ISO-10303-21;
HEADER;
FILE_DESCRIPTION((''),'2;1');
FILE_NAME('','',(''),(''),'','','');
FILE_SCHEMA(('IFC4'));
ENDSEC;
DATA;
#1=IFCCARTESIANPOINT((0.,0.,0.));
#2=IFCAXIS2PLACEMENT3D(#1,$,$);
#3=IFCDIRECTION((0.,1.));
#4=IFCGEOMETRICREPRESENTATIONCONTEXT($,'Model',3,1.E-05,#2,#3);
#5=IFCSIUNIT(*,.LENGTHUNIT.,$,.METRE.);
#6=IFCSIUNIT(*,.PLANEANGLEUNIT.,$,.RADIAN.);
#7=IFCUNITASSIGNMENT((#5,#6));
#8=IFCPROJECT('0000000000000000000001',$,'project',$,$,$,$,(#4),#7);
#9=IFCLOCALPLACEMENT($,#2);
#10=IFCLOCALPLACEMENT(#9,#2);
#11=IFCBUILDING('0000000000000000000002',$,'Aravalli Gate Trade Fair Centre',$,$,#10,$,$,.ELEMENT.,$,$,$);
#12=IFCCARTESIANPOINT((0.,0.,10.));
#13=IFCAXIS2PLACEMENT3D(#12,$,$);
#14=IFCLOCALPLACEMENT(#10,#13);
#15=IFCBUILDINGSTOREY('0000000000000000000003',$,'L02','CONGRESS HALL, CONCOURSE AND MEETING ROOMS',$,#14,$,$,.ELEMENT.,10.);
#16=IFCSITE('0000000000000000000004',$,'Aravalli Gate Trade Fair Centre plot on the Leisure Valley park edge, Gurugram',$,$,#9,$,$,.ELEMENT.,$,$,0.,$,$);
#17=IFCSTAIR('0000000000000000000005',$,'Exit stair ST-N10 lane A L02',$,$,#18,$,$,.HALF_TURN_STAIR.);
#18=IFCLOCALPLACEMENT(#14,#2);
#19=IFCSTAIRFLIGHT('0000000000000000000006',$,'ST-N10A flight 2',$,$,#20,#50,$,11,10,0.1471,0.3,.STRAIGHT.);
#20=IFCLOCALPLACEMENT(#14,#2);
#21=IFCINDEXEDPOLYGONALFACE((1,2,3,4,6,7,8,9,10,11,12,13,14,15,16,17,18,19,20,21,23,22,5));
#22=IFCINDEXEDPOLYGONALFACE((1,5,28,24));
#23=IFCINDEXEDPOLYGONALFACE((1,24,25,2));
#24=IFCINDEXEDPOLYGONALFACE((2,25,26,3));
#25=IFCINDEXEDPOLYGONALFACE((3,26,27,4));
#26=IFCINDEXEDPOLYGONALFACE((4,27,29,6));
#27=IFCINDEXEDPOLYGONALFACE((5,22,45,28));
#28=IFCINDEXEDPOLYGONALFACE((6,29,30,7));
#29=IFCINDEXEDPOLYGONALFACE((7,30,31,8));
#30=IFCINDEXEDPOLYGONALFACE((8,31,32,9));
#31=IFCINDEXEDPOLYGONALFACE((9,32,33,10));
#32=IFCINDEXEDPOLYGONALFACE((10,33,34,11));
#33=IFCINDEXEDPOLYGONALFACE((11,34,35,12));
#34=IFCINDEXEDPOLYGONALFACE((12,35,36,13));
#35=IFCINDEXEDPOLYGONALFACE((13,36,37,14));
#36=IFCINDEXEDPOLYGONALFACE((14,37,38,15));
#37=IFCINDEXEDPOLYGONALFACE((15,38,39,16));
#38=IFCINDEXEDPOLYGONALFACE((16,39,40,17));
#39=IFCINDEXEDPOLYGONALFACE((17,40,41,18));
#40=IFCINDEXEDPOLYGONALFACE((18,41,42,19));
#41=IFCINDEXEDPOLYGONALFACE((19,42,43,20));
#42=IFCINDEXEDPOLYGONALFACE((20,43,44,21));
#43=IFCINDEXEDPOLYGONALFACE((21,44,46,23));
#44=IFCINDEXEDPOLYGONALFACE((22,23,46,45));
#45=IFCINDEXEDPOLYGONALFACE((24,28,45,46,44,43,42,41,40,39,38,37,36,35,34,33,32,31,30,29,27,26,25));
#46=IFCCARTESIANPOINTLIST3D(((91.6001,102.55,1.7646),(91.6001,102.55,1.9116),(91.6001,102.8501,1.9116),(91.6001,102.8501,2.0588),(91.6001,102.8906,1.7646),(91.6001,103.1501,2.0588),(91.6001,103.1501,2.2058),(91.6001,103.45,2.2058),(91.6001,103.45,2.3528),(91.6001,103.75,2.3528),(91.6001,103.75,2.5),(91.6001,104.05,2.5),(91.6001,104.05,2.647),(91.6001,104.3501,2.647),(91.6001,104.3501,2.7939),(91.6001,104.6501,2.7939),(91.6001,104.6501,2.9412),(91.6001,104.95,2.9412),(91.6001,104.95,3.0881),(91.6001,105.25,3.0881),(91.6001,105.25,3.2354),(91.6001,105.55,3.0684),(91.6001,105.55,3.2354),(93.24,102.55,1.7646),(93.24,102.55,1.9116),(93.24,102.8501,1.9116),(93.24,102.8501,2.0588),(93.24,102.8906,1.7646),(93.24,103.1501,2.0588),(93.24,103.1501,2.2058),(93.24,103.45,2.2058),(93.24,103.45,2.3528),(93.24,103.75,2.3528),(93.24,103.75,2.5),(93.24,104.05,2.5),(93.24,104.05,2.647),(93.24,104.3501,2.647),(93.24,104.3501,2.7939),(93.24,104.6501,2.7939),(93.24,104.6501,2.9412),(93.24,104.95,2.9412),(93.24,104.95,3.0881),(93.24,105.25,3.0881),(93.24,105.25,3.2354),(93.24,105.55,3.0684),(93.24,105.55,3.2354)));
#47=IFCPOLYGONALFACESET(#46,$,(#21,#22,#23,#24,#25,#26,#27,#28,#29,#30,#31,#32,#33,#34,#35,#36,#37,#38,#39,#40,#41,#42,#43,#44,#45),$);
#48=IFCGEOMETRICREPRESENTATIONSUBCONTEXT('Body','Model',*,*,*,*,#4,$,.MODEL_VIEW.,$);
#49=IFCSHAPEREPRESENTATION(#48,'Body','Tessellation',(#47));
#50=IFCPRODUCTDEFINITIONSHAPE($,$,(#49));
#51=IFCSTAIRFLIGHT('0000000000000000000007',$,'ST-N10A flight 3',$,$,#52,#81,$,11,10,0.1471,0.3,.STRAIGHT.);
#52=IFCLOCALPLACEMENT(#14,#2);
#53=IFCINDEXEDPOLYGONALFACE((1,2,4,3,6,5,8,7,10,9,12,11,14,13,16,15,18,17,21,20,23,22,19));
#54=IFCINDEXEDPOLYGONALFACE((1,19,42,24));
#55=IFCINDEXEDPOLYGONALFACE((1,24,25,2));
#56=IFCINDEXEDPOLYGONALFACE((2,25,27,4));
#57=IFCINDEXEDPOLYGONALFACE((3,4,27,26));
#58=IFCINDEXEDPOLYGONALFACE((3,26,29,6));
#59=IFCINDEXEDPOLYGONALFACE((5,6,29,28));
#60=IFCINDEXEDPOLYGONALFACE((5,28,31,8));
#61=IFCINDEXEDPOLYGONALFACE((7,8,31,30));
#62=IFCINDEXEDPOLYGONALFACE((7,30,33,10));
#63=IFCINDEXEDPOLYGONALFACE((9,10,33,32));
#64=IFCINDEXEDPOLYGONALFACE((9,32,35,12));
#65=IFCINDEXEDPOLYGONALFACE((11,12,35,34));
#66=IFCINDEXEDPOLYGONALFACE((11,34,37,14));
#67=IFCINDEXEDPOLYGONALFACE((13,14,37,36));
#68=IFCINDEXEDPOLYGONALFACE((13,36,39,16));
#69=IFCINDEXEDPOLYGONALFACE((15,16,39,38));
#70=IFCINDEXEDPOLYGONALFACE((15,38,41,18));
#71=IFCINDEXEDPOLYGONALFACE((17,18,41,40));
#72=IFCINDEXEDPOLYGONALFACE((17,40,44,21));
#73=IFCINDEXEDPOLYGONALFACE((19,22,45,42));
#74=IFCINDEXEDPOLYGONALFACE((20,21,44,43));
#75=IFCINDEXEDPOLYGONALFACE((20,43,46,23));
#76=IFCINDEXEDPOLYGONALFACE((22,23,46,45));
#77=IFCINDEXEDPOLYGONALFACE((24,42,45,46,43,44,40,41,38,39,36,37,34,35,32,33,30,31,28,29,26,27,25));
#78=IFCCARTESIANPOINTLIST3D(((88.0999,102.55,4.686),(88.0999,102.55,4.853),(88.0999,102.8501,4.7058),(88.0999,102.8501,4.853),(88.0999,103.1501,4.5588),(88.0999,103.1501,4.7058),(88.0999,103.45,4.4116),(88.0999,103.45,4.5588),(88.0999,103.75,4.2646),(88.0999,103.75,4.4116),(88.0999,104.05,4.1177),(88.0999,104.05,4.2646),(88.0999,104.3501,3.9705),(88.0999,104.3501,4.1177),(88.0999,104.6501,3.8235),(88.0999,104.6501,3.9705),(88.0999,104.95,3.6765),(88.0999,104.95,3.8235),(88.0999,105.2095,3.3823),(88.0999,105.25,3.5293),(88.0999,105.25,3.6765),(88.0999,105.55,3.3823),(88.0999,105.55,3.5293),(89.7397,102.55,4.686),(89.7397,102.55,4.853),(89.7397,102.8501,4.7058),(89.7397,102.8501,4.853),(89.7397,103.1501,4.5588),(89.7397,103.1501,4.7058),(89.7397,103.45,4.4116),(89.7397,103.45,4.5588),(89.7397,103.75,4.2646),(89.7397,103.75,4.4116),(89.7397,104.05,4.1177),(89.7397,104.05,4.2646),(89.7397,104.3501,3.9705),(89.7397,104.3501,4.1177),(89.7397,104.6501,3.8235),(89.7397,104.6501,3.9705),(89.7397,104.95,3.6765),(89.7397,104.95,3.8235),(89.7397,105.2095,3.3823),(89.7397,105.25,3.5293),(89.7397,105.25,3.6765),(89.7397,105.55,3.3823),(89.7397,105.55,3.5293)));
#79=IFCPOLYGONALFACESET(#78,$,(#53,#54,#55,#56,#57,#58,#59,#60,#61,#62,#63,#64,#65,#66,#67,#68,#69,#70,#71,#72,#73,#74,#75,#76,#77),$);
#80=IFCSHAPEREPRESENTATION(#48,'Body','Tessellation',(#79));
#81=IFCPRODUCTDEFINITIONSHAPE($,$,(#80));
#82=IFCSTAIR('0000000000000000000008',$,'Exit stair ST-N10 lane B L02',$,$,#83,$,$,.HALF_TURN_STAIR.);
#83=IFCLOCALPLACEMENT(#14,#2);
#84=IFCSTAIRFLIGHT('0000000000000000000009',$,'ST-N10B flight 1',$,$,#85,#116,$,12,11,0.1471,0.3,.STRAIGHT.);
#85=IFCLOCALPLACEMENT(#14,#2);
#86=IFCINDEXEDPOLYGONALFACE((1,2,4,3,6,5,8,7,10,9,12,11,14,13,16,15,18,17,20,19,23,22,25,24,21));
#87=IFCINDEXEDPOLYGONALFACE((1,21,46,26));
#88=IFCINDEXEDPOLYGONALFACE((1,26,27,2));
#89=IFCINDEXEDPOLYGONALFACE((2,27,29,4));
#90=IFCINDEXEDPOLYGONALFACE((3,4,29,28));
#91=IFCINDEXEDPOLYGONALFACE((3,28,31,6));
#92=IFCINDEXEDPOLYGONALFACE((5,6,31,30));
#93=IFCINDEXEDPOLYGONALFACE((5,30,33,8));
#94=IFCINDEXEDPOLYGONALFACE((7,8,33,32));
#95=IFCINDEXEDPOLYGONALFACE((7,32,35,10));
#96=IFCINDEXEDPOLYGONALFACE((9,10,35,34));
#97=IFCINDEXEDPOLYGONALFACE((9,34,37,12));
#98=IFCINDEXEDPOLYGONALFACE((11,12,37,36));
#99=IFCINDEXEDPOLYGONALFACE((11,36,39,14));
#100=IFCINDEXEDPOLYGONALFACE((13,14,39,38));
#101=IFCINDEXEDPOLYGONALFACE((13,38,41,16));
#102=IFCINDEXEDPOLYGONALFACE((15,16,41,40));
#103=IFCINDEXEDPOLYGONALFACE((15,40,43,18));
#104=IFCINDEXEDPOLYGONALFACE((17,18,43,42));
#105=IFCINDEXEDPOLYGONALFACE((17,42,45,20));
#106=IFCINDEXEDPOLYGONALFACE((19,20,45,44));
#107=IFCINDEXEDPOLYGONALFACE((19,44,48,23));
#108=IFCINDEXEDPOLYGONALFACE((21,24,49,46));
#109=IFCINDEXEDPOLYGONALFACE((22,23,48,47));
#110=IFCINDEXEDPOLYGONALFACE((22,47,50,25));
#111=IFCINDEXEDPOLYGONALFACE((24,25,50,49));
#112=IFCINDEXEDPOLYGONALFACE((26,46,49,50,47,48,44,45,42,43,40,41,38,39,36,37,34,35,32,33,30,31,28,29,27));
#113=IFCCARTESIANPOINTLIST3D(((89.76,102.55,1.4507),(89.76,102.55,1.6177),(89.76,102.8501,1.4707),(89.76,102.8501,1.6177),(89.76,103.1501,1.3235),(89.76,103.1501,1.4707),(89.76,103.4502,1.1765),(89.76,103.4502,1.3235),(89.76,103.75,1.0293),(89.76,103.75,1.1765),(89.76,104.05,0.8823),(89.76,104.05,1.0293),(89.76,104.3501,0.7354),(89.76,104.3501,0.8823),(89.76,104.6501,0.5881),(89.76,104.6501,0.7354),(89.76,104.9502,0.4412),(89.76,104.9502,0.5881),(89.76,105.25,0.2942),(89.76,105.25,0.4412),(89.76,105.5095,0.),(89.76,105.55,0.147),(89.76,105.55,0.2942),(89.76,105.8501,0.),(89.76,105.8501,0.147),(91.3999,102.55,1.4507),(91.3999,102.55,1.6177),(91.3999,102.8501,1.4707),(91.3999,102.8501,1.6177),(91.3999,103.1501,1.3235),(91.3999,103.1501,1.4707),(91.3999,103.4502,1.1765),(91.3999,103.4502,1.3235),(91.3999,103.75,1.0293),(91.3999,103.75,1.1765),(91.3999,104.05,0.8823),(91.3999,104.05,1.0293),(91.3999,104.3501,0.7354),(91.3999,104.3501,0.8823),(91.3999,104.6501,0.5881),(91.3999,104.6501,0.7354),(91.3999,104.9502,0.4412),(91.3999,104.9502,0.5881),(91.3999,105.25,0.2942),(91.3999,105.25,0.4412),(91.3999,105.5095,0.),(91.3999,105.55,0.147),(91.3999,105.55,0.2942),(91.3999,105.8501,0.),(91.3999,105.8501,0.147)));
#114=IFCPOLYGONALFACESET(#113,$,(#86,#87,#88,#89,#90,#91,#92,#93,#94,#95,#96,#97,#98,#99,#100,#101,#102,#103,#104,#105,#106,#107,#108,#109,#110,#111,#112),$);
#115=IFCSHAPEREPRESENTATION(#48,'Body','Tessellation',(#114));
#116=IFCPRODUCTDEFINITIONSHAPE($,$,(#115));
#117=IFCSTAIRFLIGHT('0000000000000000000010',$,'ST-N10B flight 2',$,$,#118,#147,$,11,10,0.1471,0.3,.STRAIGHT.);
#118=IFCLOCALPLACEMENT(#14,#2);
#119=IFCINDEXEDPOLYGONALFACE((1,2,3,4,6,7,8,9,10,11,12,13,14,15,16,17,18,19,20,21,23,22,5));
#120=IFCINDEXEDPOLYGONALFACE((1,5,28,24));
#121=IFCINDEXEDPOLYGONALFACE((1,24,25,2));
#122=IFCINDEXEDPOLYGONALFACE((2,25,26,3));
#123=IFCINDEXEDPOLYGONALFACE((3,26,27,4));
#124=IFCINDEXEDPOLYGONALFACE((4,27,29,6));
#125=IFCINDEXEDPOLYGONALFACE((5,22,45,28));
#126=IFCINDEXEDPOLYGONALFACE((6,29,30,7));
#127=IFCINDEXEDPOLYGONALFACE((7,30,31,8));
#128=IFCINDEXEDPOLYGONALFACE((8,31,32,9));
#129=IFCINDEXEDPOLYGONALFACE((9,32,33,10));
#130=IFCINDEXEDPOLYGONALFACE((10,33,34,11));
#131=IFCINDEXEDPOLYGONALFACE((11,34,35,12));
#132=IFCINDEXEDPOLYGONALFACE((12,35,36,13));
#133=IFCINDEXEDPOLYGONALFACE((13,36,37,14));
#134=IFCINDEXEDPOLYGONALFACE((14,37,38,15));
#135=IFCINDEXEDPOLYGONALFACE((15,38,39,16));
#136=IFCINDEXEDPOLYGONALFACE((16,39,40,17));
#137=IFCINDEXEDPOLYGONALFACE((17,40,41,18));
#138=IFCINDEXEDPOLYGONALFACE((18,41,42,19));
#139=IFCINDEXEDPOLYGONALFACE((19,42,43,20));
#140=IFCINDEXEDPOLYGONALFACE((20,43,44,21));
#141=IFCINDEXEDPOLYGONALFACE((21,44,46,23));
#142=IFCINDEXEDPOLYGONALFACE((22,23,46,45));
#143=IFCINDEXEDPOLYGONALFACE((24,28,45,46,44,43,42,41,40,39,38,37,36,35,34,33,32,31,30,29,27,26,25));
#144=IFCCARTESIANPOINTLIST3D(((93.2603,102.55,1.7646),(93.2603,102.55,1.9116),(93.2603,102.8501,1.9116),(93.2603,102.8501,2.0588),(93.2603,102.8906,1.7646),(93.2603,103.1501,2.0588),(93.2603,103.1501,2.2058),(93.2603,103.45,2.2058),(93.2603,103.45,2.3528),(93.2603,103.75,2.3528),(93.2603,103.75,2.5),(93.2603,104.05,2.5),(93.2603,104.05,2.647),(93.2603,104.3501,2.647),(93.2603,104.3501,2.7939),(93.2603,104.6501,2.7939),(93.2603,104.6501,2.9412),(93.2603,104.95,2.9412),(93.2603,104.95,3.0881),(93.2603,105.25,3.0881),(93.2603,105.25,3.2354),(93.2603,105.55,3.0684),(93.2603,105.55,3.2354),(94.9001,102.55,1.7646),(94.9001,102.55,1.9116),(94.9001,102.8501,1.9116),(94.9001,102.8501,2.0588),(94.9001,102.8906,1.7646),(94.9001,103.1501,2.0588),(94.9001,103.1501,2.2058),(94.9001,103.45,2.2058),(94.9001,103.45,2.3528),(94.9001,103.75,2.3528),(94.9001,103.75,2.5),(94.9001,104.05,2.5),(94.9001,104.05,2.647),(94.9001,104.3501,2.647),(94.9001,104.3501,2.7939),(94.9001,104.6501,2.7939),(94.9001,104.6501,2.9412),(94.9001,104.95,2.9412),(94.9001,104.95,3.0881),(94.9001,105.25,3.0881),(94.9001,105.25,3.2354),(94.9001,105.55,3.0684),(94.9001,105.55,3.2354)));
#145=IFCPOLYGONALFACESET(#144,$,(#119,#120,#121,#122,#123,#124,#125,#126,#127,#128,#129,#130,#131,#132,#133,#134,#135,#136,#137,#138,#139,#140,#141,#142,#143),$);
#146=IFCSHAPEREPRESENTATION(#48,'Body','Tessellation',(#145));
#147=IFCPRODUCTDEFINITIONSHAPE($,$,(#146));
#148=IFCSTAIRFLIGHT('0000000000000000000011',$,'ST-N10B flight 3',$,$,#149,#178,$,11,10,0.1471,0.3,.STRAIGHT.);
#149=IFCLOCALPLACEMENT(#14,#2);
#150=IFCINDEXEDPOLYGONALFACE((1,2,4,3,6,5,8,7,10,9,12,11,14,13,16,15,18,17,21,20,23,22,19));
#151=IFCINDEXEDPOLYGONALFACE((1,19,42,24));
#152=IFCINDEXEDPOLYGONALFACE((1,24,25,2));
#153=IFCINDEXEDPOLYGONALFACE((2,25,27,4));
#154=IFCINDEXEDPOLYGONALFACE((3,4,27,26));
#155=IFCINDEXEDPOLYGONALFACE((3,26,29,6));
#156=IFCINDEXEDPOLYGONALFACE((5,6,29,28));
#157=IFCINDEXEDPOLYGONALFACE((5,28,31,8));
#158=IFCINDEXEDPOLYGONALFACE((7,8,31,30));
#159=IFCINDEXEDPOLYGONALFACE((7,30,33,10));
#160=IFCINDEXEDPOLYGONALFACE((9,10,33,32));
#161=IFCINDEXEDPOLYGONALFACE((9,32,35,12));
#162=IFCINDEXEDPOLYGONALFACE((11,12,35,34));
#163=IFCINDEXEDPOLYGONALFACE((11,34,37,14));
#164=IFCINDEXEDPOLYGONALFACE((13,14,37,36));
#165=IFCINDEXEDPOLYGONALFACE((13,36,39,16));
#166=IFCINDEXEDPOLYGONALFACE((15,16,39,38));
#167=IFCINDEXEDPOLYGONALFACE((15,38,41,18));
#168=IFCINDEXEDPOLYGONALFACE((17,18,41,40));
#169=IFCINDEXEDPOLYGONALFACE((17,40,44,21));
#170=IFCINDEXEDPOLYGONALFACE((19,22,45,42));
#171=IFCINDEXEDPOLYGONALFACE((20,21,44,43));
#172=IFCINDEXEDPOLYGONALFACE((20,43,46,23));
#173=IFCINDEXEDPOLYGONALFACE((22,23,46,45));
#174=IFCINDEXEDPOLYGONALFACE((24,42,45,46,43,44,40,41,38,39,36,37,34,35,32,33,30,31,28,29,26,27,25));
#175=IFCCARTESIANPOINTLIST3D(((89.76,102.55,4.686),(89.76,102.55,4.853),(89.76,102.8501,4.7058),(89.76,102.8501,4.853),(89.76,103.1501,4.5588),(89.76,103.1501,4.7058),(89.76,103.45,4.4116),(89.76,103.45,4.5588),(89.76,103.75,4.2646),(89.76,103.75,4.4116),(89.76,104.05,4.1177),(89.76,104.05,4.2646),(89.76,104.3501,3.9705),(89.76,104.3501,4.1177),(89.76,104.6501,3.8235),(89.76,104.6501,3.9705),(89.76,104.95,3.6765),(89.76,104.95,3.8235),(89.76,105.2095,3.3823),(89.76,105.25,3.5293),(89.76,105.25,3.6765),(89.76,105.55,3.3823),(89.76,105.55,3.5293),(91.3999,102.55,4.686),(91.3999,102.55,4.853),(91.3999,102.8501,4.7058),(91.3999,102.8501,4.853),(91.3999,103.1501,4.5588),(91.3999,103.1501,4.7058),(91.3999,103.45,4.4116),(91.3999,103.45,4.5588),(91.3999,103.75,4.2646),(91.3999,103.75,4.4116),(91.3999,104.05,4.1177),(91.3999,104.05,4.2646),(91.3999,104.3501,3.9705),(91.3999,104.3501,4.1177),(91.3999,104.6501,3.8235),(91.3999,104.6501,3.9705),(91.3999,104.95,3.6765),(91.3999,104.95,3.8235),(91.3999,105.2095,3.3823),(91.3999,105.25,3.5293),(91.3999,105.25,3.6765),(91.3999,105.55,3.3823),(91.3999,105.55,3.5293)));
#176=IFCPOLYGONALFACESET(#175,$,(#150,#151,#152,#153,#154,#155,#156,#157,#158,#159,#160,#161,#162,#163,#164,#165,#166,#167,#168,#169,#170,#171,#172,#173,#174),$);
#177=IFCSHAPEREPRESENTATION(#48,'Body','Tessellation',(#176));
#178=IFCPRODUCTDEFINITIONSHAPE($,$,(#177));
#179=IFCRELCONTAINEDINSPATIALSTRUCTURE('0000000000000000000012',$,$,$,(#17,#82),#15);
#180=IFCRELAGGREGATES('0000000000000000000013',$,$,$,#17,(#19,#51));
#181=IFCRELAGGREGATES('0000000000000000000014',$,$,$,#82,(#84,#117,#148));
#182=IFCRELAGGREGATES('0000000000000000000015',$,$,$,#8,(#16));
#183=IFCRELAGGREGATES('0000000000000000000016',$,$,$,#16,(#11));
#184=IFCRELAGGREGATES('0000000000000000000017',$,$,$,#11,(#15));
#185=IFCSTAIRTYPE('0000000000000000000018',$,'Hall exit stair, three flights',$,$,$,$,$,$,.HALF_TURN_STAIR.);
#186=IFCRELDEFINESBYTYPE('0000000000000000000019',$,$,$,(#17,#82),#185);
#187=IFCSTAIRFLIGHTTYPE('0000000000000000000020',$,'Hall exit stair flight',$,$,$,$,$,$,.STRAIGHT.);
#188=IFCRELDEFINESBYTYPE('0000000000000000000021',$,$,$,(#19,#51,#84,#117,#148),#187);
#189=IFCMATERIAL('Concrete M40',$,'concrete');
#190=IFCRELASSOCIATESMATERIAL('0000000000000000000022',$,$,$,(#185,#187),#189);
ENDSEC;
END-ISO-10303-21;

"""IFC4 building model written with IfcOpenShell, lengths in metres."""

from ifc_helpers import new_model, si_unit, direction, frame, origin, place, context, subcontext, project, spatial, polyline, outline, extrude, material, type_object, element, aggregate, save


model = new_model("IFC4")

# Units and contexts
model_context = context("Model", 3, precision=1e-05, world=origin(), true_north=direction((0.0, 1.0)))
body_context = subcontext(model_context, "Body", "Model", "MODEL_VIEW")
ifc_project = project(units=[si_unit("LENGTHUNIT", "METRE"), si_unit("PLANEANGLEUNIT", "RADIAN")], contexts=[model_context])

# Site, building, storey
site_placement = place(None, origin())
site = spatial("IfcSite", under=ifc_project, at=site_placement, Name="Aravalli Gate Trade Fair Centre plot on the Leisure Valley park edge, Gurugram", CompositionType="ELEMENT", RefElevation=0.0)
building_placement = place(site_placement, origin())
building = spatial("IfcBuilding", under=site, at=building_placement, Name="Aravalli Gate Trade Fair Centre", CompositionType="ELEMENT")
storey_placement = place(building_placement, frame((0.0, 0.0, 10.0)))
storey = spatial("IfcBuildingStorey", under=building, at=storey_placement, Name="L02", Description="CONGRESS HALL, CONCOURSE AND MEETING ROOMS", CompositionType="ELEMENT", Elevation=10.0)

# Shared definitions
ifc_material_1 = material(Name="Concrete M40", Category="concrete")

# Stairs, stair flights
stair_type = type_object("IfcStairType", Name="Hall exit stair, three flights", PredefinedType="HALF_TURN_STAIR", material=ifc_material_1)
stair_1_placement = place(storey_placement, origin())
stair_1 = element("IfcStair", 1, at=stair_1_placement, inside=storey, type_object=stair_type, Name="Exit stair ST-N10 lane A L02", PredefinedType="HALF_TURN_STAIR")
stair_flight_type = type_object("IfcStairFlightType", Name="Hall exit stair flight", PredefinedType="STRAIGHT", material=ifc_material_1)
stair_flight_1_placement = place(storey_placement, frame((92.4199, 102.55, 1.7646), z_axis=(0.0, 0.0, 1.0), x_axis=(0.0, 1.0, 0.0)))
stair_flight_1 = element("IfcStairFlight", 2, at=stair_flight_1_placement, type_object=stair_flight_type, Name="ST-N10A flight 2", NumberOfRisers=11, NumberOfTreads=10, PredefinedType="STRAIGHT", RiserHeight=0.1471, TreadLength=0.3, context=body_context, shape_type="SweptSolid", body=[
    extrude(outline(polyline([(0.0, 0.0), (0.0, 0.147), (0.3, 0.147), (0.3, 0.2942), (0.6001, 0.2942), (0.6001, 0.4412), (0.8999, 0.4412), (0.8999, 0.5881), (1.2, 0.5881), (1.2, 0.7354), (1.5, 0.7354), (1.5, 0.8823), (1.8, 0.8823), (1.8, 1.0293), (2.1001, 1.0293), (2.1001, 1.1765), (2.3999, 1.1765), (2.3999, 1.3235), (2.7, 1.3235), (2.7, 1.4707), (3.0, 1.4707), (3.0, 1.6177), (3.0, 1.3037), (0.3406, 0.0), (0.0, 0.0)])), frame((0.0, 0.8198, 0.0), z_axis=(0.0, -1.0, 0.0), x_axis=(1.0, 0.0, 0.0)), (0.0, 0.0, 1.0), 1.6399),
])
stair_flight_2_placement = place(storey_placement, frame((88.9199, 105.55, 3.3823), z_axis=(0.0, 0.0, 1.0), x_axis=(0.0, -1.0, 0.0)))
stair_flight_2 = element("IfcStairFlight", 3, at=stair_flight_2_placement, type_object=stair_flight_type, Name="ST-N10A flight 3", NumberOfRisers=11, NumberOfTreads=10, PredefinedType="STRAIGHT", RiserHeight=0.1471, TreadLength=0.3, context=body_context, shape_type="SweptSolid", body=[
    extrude(outline(polyline([(0.0, 0.0), (0.0, 0.147), (0.3, 0.147), (0.3, 0.2942), (0.6001, 0.2942), (0.6001, 0.4412), (0.8999, 0.4412), (0.8999, 0.5881), (1.2, 0.5881), (1.2, 0.7354), (1.5, 0.7354), (1.5, 0.8823), (1.8, 0.8823), (1.8, 1.0293), (2.1001, 1.0293), (2.1001, 1.1765), (2.3999, 1.1765), (2.3999, 1.3235), (2.7, 1.3235), (2.7, 1.4707), (3.0, 1.4707), (3.0, 1.6177), (3.0, 1.3037), (0.3406, 0.0), (0.0, 0.0)])), frame((0.0, 0.8198, 0.0), z_axis=(0.0, -1.0, 0.0), x_axis=(1.0, 0.0, 0.0)), (0.0, 0.0, 1.0), 1.6399),
])
aggregate(stair_1, [stair_flight_1, stair_flight_2])
stair_2_placement = place(storey_placement, origin())
stair_2 = element("IfcStair", 4, at=stair_2_placement, inside=storey, type_object=stair_type, Name="Exit stair ST-N10 lane B L02", PredefinedType="HALF_TURN_STAIR")
stair_flight_3_placement = place(storey_placement, frame((90.5801, 105.8501, 0.0), z_axis=(0.0, 0.0, 1.0), x_axis=(0.0, -1.0, 0.0)))
stair_flight_3 = element("IfcStairFlight", 5, at=stair_flight_3_placement, type_object=stair_flight_type, Name="ST-N10B flight 1", NumberOfRisers=12, NumberOfTreads=11, PredefinedType="STRAIGHT", RiserHeight=0.1471, TreadLength=0.3, context=body_context, shape_type="SweptSolid", body=[
    extrude(outline(polyline([(0.0, 0.0), (0.0, 0.147), (0.3, 0.147), (0.3, 0.2942), (0.6001, 0.2942), (0.6001, 0.4412), (0.8999, 0.4412), (0.8999, 0.5881), (1.2, 0.5881), (1.2, 0.7354), (1.5, 0.7354), (1.5, 0.8823), (1.8, 0.8823), (1.8, 1.0293), (2.1001, 1.0293), (2.1001, 1.1765), (2.3999, 1.1765), (2.3999, 1.3235), (2.7, 1.3235), (2.7, 1.4707), (3.0, 1.4707), (3.0, 1.6177), (3.3, 1.6177), (3.3, 1.7646), (3.3, 1.4507), (0.3406, 0.0), (0.0, 0.0)])), frame((0.0, 0.8198, 0.0), z_axis=(0.0, -1.0, 0.0), x_axis=(1.0, 0.0, 0.0)), (0.0, 0.0, 1.0), 1.6399),
])
stair_flight_4_placement = place(storey_placement, frame((94.0801, 102.55, 1.7646), z_axis=(0.0, 0.0, 1.0), x_axis=(0.0, 1.0, 0.0)))
stair_flight_4 = element("IfcStairFlight", 6, at=stair_flight_4_placement, type_object=stair_flight_type, Name="ST-N10B flight 2", NumberOfRisers=11, NumberOfTreads=10, PredefinedType="STRAIGHT", RiserHeight=0.1471, TreadLength=0.3, context=body_context, shape_type="SweptSolid", body=[
    extrude(outline(polyline([(0.0, 0.0), (0.0, 0.147), (0.3, 0.147), (0.3, 0.2942), (0.6001, 0.2942), (0.6001, 0.4412), (0.8999, 0.4412), (0.8999, 0.5881), (1.2, 0.5881), (1.2, 0.7354), (1.5, 0.7354), (1.5, 0.8823), (1.8, 0.8823), (1.8, 1.0293), (2.1001, 1.0293), (2.1001, 1.1765), (2.3999, 1.1765), (2.3999, 1.3235), (2.7, 1.3235), (2.7, 1.4707), (3.0, 1.4707), (3.0, 1.6177), (3.0, 1.3037), (0.3406, 0.0), (0.0, 0.0)])), frame((0.0, 0.8198, 0.0), z_axis=(0.0, -1.0, 0.0), x_axis=(1.0, 0.0, 0.0)), (0.0, 0.0, 1.0), 1.6399),
])
stair_flight_5_placement = place(storey_placement, frame((90.5801, 105.55, 3.3823), z_axis=(0.0, 0.0, 1.0), x_axis=(0.0, -1.0, 0.0)))
stair_flight_5 = element("IfcStairFlight", 7, at=stair_flight_5_placement, type_object=stair_flight_type, Name="ST-N10B flight 3", NumberOfRisers=11, NumberOfTreads=10, PredefinedType="STRAIGHT", RiserHeight=0.1471, TreadLength=0.3, context=body_context, shape_type="SweptSolid", body=[
    extrude(outline(polyline([(0.0, 0.0), (0.0, 0.147), (0.3, 0.147), (0.3, 0.2942), (0.6001, 0.2942), (0.6001, 0.4412), (0.8999, 0.4412), (0.8999, 0.5881), (1.2, 0.5881), (1.2, 0.7354), (1.5, 0.7354), (1.5, 0.8823), (1.8, 0.8823), (1.8, 1.0293), (2.1001, 1.0293), (2.1001, 1.1765), (2.3999, 1.1765), (2.3999, 1.3235), (2.7, 1.3235), (2.7, 1.4707), (3.0, 1.4707), (3.0, 1.6177), (3.0, 1.3037), (0.3406, 0.0), (0.0, 0.0)])), frame((0.0, 0.8198, 0.0), z_axis=(0.0, -1.0, 0.0), x_axis=(1.0, 0.0, 0.0)), (0.0, 0.0, 1.0), 1.6399),
])
aggregate(stair_2, [stair_flight_3, stair_flight_4, stair_flight_5])

save(model, "model.ifc")
